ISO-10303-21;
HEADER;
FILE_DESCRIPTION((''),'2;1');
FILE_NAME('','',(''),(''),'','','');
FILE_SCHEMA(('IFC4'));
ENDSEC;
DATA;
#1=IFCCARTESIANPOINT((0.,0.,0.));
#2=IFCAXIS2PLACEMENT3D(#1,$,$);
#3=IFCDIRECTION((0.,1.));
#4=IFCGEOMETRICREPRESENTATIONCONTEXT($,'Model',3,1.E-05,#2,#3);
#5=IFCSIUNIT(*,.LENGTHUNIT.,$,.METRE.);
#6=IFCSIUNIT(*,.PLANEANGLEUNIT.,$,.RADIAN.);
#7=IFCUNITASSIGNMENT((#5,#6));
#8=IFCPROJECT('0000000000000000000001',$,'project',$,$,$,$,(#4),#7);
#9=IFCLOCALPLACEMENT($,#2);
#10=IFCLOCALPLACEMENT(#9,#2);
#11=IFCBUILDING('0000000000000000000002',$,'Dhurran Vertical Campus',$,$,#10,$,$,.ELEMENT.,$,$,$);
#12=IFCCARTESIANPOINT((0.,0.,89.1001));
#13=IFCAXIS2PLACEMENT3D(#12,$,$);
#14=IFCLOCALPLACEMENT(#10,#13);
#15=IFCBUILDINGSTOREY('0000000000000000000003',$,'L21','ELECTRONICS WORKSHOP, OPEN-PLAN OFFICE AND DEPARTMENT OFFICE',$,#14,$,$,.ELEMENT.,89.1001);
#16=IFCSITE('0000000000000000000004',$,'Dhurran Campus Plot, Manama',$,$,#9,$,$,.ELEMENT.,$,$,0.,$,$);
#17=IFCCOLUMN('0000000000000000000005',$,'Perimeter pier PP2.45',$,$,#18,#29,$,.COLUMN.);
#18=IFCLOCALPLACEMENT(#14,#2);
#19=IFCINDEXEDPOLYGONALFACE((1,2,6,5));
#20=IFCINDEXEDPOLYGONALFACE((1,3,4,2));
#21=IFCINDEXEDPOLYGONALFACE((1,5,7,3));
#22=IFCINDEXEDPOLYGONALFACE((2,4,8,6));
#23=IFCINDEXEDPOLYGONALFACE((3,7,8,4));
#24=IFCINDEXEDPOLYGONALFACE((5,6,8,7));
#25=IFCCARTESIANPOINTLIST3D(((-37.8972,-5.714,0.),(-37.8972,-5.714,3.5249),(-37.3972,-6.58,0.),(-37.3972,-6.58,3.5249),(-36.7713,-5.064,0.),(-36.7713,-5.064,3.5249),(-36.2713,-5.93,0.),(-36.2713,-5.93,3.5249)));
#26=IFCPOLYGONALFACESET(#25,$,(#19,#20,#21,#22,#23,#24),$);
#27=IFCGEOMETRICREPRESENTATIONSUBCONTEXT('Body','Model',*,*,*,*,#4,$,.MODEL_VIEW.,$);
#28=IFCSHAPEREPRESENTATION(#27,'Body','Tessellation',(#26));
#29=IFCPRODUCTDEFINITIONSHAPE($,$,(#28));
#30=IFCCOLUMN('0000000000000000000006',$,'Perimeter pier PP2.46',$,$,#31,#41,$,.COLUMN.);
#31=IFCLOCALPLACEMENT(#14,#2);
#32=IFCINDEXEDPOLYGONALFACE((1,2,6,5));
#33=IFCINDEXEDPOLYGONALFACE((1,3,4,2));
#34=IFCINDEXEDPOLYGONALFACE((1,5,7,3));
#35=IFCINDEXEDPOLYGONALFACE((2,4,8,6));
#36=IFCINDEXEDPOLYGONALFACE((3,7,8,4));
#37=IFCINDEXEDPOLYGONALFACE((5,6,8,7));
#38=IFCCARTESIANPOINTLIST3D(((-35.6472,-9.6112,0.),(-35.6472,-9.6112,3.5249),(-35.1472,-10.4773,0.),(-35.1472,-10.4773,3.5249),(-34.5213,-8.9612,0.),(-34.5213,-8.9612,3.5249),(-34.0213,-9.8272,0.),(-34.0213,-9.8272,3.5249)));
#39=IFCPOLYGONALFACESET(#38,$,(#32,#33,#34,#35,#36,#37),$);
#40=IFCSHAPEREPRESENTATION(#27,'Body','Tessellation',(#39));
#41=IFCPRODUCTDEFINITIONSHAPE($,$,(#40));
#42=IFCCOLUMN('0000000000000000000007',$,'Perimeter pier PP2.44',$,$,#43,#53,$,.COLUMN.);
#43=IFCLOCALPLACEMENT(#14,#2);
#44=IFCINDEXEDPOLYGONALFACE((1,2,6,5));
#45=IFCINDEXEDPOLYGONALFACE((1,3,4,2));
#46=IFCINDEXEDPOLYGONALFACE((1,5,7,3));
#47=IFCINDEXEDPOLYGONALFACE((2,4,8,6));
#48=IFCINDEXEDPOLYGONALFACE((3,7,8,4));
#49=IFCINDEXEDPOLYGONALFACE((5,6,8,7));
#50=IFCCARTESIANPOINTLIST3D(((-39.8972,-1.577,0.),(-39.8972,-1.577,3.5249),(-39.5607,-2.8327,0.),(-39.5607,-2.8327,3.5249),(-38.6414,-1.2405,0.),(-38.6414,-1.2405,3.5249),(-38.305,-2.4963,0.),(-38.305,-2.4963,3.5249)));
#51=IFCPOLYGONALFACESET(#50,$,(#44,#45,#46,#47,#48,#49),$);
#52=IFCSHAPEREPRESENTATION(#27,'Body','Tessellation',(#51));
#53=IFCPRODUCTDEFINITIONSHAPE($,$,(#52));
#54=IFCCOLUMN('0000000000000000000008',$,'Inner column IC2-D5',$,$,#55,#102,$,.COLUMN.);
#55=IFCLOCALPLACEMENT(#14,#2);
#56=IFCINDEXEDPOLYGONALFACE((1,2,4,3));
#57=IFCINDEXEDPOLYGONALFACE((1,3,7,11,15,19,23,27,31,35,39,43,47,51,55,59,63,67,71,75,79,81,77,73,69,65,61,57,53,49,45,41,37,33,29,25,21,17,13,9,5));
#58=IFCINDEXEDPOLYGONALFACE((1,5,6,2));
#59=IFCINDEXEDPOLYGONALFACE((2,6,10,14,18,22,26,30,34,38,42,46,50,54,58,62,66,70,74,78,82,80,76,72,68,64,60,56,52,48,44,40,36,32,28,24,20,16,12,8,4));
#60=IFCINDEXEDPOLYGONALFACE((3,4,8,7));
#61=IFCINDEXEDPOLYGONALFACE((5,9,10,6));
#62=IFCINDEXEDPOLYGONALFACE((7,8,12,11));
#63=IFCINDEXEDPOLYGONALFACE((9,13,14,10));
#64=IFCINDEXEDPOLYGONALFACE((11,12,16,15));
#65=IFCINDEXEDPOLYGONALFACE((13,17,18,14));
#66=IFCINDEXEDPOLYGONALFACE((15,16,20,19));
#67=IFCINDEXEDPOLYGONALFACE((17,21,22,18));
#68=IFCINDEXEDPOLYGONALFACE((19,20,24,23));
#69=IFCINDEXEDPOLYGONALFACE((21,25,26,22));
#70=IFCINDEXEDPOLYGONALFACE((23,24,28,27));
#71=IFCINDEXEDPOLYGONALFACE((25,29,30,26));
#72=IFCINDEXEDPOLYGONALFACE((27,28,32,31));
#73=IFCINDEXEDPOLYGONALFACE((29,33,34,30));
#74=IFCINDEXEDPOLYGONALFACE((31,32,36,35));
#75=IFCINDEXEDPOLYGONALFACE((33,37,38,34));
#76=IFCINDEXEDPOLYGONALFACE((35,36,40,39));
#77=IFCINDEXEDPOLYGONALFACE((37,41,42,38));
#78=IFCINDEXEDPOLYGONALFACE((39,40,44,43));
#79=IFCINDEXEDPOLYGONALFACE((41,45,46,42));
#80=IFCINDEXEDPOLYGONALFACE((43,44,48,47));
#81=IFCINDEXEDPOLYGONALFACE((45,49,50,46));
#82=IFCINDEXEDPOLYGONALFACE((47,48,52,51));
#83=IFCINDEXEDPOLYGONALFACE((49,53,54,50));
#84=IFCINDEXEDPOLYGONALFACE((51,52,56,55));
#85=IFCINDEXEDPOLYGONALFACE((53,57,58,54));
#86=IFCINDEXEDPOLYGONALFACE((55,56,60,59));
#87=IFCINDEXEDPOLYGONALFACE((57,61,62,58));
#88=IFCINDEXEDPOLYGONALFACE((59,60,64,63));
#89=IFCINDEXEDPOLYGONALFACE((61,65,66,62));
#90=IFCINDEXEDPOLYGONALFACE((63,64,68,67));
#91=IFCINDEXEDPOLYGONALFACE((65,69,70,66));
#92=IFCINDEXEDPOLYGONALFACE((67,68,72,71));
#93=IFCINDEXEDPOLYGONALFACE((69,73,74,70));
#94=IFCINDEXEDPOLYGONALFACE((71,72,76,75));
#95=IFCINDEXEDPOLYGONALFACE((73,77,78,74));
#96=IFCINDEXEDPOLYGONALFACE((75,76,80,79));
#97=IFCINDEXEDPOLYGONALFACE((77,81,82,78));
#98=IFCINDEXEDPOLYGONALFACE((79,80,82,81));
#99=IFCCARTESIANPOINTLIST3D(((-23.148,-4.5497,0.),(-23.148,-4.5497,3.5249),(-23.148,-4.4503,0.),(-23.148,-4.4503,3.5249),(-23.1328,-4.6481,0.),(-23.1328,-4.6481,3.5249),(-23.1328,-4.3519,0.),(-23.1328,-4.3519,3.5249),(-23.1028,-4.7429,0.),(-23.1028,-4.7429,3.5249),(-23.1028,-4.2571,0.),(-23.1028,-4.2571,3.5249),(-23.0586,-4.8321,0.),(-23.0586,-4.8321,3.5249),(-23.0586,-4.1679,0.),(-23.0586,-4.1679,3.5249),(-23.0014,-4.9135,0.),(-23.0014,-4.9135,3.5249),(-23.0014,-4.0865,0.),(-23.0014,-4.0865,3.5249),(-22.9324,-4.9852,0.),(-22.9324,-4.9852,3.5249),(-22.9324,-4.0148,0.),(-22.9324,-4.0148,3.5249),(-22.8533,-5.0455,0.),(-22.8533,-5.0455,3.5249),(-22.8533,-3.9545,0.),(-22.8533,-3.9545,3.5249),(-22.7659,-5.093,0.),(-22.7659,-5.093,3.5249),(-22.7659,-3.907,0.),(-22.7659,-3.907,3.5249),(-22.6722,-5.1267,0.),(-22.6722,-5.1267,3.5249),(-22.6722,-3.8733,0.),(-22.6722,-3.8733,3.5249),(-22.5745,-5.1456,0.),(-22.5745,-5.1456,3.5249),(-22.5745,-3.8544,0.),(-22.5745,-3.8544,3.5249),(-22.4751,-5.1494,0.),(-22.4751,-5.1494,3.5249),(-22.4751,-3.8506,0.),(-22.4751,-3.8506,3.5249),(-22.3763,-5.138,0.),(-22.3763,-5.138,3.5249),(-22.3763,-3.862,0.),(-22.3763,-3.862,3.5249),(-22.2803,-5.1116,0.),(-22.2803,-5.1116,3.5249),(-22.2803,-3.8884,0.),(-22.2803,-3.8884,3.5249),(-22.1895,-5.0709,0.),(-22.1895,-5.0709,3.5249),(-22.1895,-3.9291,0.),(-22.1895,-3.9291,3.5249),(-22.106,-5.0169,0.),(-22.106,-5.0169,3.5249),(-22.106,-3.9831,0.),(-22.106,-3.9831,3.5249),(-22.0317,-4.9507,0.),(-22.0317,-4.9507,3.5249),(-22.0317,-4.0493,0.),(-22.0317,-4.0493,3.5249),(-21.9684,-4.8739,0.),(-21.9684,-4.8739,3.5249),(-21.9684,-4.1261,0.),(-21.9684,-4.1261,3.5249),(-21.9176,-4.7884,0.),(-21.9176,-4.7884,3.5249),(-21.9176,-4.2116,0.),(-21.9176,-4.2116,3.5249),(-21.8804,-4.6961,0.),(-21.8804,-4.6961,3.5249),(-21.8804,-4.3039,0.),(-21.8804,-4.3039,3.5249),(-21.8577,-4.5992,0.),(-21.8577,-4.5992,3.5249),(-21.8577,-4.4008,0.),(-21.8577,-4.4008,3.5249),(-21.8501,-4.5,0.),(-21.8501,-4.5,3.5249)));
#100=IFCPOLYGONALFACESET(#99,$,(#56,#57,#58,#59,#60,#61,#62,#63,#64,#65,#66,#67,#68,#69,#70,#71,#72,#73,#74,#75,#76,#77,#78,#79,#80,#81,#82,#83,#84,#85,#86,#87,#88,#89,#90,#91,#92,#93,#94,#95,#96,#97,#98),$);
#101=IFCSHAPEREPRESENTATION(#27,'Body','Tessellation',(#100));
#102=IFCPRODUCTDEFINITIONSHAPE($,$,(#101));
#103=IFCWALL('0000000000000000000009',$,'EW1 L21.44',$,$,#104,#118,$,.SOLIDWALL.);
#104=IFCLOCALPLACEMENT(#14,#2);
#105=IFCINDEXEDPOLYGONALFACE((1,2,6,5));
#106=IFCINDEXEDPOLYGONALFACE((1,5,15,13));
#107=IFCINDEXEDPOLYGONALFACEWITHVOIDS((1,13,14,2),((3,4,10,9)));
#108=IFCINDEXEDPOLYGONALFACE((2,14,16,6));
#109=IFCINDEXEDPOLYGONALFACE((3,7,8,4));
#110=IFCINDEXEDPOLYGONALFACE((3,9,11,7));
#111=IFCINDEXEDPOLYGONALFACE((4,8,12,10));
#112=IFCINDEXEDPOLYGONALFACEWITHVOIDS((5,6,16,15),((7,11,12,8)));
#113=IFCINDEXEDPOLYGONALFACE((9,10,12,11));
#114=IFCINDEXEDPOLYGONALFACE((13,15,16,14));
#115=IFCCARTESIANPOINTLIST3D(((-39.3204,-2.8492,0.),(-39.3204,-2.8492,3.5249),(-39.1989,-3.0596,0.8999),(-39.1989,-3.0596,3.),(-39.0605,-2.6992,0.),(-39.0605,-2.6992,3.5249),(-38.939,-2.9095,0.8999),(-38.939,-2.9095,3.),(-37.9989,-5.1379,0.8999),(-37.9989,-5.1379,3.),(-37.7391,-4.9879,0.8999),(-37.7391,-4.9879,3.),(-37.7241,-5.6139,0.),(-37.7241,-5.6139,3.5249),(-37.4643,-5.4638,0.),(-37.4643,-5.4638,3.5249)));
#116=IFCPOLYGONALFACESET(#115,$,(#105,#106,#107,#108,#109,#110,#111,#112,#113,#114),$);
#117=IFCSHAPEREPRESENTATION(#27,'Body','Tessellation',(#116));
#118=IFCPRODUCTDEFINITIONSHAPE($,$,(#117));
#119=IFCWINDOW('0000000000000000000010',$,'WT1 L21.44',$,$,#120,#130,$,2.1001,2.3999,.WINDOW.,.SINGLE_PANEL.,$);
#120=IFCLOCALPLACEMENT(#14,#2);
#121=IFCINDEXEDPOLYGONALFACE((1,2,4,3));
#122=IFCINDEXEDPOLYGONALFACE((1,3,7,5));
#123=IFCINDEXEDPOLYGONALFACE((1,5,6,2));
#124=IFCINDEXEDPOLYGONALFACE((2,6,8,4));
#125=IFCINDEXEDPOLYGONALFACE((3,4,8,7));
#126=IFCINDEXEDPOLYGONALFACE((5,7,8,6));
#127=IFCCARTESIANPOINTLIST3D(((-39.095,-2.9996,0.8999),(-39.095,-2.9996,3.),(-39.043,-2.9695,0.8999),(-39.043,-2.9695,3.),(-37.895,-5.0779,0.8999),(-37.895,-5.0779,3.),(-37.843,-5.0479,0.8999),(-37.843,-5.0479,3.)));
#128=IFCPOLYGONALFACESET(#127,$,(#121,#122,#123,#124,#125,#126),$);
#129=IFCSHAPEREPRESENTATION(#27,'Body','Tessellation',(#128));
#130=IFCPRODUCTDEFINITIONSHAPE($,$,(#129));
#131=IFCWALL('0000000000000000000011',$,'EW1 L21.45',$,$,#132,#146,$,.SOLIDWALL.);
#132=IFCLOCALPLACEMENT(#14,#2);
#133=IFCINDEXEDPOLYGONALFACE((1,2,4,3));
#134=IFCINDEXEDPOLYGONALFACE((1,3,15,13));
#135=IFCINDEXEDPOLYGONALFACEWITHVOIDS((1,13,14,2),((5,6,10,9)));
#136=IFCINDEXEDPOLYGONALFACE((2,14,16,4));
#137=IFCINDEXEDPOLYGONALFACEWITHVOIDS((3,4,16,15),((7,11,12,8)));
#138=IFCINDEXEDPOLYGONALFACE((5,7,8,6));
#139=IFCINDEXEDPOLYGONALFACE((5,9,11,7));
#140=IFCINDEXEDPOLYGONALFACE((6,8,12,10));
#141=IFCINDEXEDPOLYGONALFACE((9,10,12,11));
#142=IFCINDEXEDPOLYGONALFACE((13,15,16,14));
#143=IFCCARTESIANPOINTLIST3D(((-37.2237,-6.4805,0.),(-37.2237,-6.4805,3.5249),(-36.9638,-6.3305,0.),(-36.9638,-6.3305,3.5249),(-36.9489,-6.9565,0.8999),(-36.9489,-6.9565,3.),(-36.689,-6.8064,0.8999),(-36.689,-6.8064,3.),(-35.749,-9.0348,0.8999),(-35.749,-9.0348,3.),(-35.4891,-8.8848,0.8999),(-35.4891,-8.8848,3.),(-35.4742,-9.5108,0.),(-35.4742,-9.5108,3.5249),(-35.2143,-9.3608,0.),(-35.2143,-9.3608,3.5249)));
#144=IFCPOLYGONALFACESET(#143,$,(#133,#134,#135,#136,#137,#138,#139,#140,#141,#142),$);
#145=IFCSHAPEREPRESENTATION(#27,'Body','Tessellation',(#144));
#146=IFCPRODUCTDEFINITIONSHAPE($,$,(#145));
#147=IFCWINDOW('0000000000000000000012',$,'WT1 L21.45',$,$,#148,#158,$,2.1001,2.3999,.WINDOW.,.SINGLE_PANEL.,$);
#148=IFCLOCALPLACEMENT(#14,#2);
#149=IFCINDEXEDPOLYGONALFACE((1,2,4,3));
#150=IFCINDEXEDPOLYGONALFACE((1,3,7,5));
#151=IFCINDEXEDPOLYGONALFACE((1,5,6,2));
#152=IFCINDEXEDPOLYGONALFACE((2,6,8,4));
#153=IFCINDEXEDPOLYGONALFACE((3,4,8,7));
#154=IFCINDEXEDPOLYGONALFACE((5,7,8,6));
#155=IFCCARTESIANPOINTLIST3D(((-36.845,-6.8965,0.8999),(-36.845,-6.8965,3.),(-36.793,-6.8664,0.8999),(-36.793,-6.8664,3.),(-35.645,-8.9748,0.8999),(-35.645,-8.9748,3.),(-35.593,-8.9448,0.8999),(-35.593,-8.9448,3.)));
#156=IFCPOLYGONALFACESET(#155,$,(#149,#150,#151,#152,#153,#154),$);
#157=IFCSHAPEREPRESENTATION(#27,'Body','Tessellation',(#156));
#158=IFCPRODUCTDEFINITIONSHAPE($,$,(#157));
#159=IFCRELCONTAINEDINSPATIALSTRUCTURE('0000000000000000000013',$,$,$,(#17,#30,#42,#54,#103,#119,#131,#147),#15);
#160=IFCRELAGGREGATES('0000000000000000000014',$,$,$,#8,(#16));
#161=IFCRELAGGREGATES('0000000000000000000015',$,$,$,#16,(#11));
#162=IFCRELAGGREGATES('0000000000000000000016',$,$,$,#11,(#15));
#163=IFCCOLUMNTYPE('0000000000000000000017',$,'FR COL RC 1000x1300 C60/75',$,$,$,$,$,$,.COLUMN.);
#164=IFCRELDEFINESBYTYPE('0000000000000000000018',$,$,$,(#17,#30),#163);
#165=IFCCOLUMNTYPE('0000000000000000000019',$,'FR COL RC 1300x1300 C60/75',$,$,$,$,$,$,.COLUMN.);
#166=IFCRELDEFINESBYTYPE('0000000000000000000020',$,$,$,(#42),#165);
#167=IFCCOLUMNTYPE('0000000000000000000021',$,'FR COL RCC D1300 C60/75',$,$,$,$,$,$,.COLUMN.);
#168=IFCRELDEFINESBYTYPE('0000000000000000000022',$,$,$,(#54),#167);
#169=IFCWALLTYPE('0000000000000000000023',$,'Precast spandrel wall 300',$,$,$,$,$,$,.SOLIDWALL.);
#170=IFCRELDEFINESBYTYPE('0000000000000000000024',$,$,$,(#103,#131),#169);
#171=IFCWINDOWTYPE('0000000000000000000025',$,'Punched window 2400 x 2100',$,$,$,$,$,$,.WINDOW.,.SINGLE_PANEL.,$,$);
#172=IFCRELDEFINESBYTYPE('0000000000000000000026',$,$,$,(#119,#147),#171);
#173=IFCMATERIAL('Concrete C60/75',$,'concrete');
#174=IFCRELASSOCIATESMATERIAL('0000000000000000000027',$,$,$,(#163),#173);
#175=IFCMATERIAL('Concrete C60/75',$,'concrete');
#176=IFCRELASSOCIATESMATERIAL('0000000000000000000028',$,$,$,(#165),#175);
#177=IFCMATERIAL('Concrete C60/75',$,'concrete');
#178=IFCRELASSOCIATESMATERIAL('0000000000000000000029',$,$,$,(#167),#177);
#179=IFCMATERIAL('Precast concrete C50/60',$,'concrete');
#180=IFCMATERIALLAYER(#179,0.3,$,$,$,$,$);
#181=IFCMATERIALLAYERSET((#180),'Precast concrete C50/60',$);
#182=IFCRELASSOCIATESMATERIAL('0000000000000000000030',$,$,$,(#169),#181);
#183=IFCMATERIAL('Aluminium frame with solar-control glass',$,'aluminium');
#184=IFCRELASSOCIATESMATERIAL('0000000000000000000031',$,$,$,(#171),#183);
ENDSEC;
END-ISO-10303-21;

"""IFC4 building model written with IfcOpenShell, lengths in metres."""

from ifc_helpers import new_model, si_unit, direction, frame, frame_2d, origin, origin_2d, place, context, subcontext, project, spatial, rectangle, circle, extrude, material, layer, layer_set, material_profile, profile_set, type_object, element, fill, save


model = new_model("IFC4")

# Units and contexts
model_context = context("Model", 3, precision=1e-05, world=origin(), true_north=direction((0.0, 1.0)))
body_context = subcontext(model_context, "Body", "Model", "MODEL_VIEW")
ifc_project = project(units=[si_unit("LENGTHUNIT", "METRE"), si_unit("PLANEANGLEUNIT", "RADIAN")], contexts=[model_context])

# Site, building, storey
site_placement = place(None, origin())
site = spatial("IfcSite", under=ifc_project, at=site_placement, Name="Dhurran Campus Plot, Manama", CompositionType="ELEMENT", RefElevation=0.0)
building_placement = place(site_placement, origin())
building = spatial("IfcBuilding", under=site, at=building_placement, Name="Dhurran Vertical Campus", CompositionType="ELEMENT")
storey_placement = place(building_placement, frame((0.0, 0.0, 89.1001)))
storey = spatial("IfcBuildingStorey", under=building, at=storey_placement, Name="L21", Description="ELECTRONICS WORKSHOP, OPEN-PLAN OFFICE AND DEPARTMENT OFFICE", CompositionType="ELEMENT", Elevation=89.1001)

# Columns
ifc_material_1 = material(Name="Concrete C60/75", Category="concrete")
ifc_material_profile_1 = material_profile(ifc_material_1, rectangle(XDim=1.0, YDim=1.3, at=origin_2d()), Name="RC 1000x1300")
ifc_profile_set_1 = profile_set([ifc_material_profile_1], Name="Concrete C60/75")
column_type_1 = type_object("IfcColumnType", Name="FR COL RC 1000x1300 C60/75", PredefinedType="COLUMN", material=ifc_profile_set_1)
for number, where, z_axis, x_axis, name in (
    (1, (-37.0842, -5.822, 0.0), (0.0, 0.0, 1.0), (0.5, -0.866025, 0.0), "Perimeter pier PP2.45"),
    (2, (-34.8342, -9.7192, 0.0), (0.0, 0.0, 1.0), (0.5, -0.866025, 0.0), "Perimeter pier PP2.46"),
):
    element("IfcColumn", number, at=place(storey_placement, frame(where, z_axis=z_axis, x_axis=x_axis)), inside=storey, type_object=column_type_1, Name=name, PredefinedType="COLUMN", context=body_context, shape_type="SweptSolid", body=[
        extrude(rectangle(XDim=1.0, YDim=1.3, at=origin_2d()), origin(), (0.0, 0.0, 1.0), 3.5249),
    ])
ifc_material_2 = material(Name="Concrete C60/75", Category="concrete")
ifc_material_profile_2 = material_profile(ifc_material_2, rectangle(XDim=1.3, YDim=1.3, at=origin_2d()), Name="RC 1300x1300")
ifc_profile_set_2 = profile_set([ifc_material_profile_2], Name="Concrete C60/75")
column_type_2 = type_object("IfcColumnType", Name="FR COL RC 1300x1300 C60/75", PredefinedType="COLUMN", material=ifc_profile_set_2)
column_1_placement = place(storey_placement, frame((-39.1011, -2.0366, 0.0), z_axis=(0.0, 0.0, 1.0), x_axis=(0.258819, -0.965926, 0.0)))
element("IfcColumn", 3, at=column_1_placement, inside=storey, type_object=column_type_2, Name="Perimeter pier PP2.44", PredefinedType="COLUMN", context=body_context, shape_type="SweptSolid", body=[
    extrude(rectangle(XDim=1.3, YDim=1.3, at=origin_2d()), origin(), (0.0, 0.0, 1.0), 3.5249),
])
ifc_material_3 = material(Name="Concrete C60/75", Category="concrete")
ifc_material_profile_3 = material_profile(ifc_material_3, circle(Radius=0.6499, at=origin_2d()), Name="RCC D1300")
ifc_profile_set_3 = profile_set([ifc_material_profile_3], Name="Concrete C60/75")
column_type_3 = type_object("IfcColumnType", Name="FR COL RCC D1300 C60/75", PredefinedType="COLUMN", material=ifc_profile_set_3)
column_2_placement = place(storey_placement, frame((-22.5, -4.5, 0.0), z_axis=(0.0, 0.0, 1.0), x_axis=(1.0, 0.0, 0.0)))
element("IfcColumn", 4, at=column_2_placement, inside=storey, type_object=column_type_3, Name="Inner column IC2-D5", PredefinedType="COLUMN", context=body_context, shape_type="SweptSolid", body=[
    extrude(circle(Radius=0.6499, at=origin_2d()), origin(), (0.0, 0.0, 1.0), 3.5249),
])

# Walls, openings, windows
ifc_material_4 = material(Name="Precast concrete C50/60", Category="concrete")
ifc_layer_1 = layer(ifc_material_4, 0.3)
ifc_layer_set_1 = layer_set([ifc_layer_1], Name="Precast concrete C50/60")
wall_type_1 = type_object("IfcWallType", Name="Precast spandrel wall 300", PredefinedType="SOLIDWALL", material=ifc_layer_set_1)
wall_1_placement = place(storey_placement, frame((-39.1904, -2.7742, 0.0), z_axis=(0.0, 0.0, 1.0), x_axis=(0.500005, -0.866023, 0.0)))
wall_1 = element("IfcWall", 5, at=wall_1_placement, inside=storey, type_object=wall_type_1, Name="EW1 L21.44", PredefinedType="SOLIDWALL", context=body_context, shape_type="SweptSolid", body=[
    extrude(rectangle(XDim=3.1924, YDim=0.3, at=frame_2d((1.5962, 0.0))), origin(), (0.0, 0.0, 1.0), 3.5249),
])
opening_1_placement = place(wall_1_placement, frame((0.2429, 0.0, 0.8999)))
opening_1 = element("IfcOpeningElement", 6, at=opening_1_placement, cuts=wall_1, PredefinedType="OPENING", context=body_context, shape_type="SweptSolid", body=[
    extrude(rectangle(XDim=2.3999, YDim=2.1001, at=frame_2d((1.2, 1.05))), frame((0.0, 0.1599, 0.0), z_axis=(0.0, -1.0, 0.0), x_axis=(1.0, 0.0, 0.0)), (0.0, 0.0, 1.0), 0.3201),
])
ifc_material_5 = material(Name="Aluminium frame with solar-control glass", Category="aluminium")
window_type = type_object("IfcWindowType", Name="Punched window 2400 x 2100", PartitioningType="SINGLE_PANEL", PredefinedType="WINDOW", material=ifc_material_5)
window_1_placement = place(opening_1_placement, origin())
window_1 = element("IfcWindow", 7, at=window_1_placement, inside=storey, type_object=window_type, Name="WT1 L21.44", OverallHeight=2.1001, OverallWidth=2.3999, PartitioningType="SINGLE_PANEL", PredefinedType="WINDOW", context=body_context, shape_type="SweptSolid", body=[
    extrude(rectangle(XDim=2.3999, YDim=2.1001, at=frame_2d((1.2, 1.05))), frame((0.0, 0.03, 0.0), z_axis=(0.0, -1.0, 0.0), x_axis=(1.0, 0.0, 0.0)), (0.0, 0.0, 1.0), 0.0601),
])
fill(opening_1, window_1)
wall_2_placement = place(storey_placement, frame((-37.0938, -6.4055, 0.0), z_axis=(0.0, 0.0, 1.0), x_axis=(0.499996, -0.866028, 0.0)))
wall_2 = element("IfcWall", 8, at=wall_2_placement, inside=storey, type_object=wall_type_1, Name="EW1 L21.45", PredefinedType="SOLIDWALL", context=body_context, shape_type="SweptSolid", body=[
    extrude(rectangle(XDim=3.499, YDim=0.3, at=frame_2d((1.7495, 0.0))), origin(), (0.0, 0.0, 1.0), 3.5249),
])
opening_2_placement = place(wall_2_placement, frame((0.5496, 0.0, 0.8999)))
opening_2 = element("IfcOpeningElement", 9, at=opening_2_placement, cuts=wall_2, PredefinedType="OPENING", context=body_context, shape_type="SweptSolid", body=[
    extrude(rectangle(XDim=2.3999, YDim=2.1001, at=frame_2d((1.2, 1.05))), frame((0.0, 0.1599, 0.0), z_axis=(0.0, -1.0, 0.0), x_axis=(1.0, 0.0, 0.0)), (0.0, 0.0, 1.0), 0.3201),
])
window_2_placement = place(opening_2_placement, origin())
window_2 = element("IfcWindow", 10, at=window_2_placement, inside=storey, type_object=window_type, Name="WT1 L21.45", OverallHeight=2.1001, OverallWidth=2.3999, PartitioningType="SINGLE_PANEL", PredefinedType="WINDOW", context=body_context, shape_type="SweptSolid", body=[
    extrude(rectangle(XDim=2.3999, YDim=2.1001, at=frame_2d((1.2, 1.05))), frame((0.0, 0.03, 0.0), z_axis=(0.0, -1.0, 0.0), x_axis=(1.0, 0.0, 0.0)), (0.0, 0.0, 1.0), 0.0601),
])
fill(opening_2, window_2)

save(model, "model.ifc")
